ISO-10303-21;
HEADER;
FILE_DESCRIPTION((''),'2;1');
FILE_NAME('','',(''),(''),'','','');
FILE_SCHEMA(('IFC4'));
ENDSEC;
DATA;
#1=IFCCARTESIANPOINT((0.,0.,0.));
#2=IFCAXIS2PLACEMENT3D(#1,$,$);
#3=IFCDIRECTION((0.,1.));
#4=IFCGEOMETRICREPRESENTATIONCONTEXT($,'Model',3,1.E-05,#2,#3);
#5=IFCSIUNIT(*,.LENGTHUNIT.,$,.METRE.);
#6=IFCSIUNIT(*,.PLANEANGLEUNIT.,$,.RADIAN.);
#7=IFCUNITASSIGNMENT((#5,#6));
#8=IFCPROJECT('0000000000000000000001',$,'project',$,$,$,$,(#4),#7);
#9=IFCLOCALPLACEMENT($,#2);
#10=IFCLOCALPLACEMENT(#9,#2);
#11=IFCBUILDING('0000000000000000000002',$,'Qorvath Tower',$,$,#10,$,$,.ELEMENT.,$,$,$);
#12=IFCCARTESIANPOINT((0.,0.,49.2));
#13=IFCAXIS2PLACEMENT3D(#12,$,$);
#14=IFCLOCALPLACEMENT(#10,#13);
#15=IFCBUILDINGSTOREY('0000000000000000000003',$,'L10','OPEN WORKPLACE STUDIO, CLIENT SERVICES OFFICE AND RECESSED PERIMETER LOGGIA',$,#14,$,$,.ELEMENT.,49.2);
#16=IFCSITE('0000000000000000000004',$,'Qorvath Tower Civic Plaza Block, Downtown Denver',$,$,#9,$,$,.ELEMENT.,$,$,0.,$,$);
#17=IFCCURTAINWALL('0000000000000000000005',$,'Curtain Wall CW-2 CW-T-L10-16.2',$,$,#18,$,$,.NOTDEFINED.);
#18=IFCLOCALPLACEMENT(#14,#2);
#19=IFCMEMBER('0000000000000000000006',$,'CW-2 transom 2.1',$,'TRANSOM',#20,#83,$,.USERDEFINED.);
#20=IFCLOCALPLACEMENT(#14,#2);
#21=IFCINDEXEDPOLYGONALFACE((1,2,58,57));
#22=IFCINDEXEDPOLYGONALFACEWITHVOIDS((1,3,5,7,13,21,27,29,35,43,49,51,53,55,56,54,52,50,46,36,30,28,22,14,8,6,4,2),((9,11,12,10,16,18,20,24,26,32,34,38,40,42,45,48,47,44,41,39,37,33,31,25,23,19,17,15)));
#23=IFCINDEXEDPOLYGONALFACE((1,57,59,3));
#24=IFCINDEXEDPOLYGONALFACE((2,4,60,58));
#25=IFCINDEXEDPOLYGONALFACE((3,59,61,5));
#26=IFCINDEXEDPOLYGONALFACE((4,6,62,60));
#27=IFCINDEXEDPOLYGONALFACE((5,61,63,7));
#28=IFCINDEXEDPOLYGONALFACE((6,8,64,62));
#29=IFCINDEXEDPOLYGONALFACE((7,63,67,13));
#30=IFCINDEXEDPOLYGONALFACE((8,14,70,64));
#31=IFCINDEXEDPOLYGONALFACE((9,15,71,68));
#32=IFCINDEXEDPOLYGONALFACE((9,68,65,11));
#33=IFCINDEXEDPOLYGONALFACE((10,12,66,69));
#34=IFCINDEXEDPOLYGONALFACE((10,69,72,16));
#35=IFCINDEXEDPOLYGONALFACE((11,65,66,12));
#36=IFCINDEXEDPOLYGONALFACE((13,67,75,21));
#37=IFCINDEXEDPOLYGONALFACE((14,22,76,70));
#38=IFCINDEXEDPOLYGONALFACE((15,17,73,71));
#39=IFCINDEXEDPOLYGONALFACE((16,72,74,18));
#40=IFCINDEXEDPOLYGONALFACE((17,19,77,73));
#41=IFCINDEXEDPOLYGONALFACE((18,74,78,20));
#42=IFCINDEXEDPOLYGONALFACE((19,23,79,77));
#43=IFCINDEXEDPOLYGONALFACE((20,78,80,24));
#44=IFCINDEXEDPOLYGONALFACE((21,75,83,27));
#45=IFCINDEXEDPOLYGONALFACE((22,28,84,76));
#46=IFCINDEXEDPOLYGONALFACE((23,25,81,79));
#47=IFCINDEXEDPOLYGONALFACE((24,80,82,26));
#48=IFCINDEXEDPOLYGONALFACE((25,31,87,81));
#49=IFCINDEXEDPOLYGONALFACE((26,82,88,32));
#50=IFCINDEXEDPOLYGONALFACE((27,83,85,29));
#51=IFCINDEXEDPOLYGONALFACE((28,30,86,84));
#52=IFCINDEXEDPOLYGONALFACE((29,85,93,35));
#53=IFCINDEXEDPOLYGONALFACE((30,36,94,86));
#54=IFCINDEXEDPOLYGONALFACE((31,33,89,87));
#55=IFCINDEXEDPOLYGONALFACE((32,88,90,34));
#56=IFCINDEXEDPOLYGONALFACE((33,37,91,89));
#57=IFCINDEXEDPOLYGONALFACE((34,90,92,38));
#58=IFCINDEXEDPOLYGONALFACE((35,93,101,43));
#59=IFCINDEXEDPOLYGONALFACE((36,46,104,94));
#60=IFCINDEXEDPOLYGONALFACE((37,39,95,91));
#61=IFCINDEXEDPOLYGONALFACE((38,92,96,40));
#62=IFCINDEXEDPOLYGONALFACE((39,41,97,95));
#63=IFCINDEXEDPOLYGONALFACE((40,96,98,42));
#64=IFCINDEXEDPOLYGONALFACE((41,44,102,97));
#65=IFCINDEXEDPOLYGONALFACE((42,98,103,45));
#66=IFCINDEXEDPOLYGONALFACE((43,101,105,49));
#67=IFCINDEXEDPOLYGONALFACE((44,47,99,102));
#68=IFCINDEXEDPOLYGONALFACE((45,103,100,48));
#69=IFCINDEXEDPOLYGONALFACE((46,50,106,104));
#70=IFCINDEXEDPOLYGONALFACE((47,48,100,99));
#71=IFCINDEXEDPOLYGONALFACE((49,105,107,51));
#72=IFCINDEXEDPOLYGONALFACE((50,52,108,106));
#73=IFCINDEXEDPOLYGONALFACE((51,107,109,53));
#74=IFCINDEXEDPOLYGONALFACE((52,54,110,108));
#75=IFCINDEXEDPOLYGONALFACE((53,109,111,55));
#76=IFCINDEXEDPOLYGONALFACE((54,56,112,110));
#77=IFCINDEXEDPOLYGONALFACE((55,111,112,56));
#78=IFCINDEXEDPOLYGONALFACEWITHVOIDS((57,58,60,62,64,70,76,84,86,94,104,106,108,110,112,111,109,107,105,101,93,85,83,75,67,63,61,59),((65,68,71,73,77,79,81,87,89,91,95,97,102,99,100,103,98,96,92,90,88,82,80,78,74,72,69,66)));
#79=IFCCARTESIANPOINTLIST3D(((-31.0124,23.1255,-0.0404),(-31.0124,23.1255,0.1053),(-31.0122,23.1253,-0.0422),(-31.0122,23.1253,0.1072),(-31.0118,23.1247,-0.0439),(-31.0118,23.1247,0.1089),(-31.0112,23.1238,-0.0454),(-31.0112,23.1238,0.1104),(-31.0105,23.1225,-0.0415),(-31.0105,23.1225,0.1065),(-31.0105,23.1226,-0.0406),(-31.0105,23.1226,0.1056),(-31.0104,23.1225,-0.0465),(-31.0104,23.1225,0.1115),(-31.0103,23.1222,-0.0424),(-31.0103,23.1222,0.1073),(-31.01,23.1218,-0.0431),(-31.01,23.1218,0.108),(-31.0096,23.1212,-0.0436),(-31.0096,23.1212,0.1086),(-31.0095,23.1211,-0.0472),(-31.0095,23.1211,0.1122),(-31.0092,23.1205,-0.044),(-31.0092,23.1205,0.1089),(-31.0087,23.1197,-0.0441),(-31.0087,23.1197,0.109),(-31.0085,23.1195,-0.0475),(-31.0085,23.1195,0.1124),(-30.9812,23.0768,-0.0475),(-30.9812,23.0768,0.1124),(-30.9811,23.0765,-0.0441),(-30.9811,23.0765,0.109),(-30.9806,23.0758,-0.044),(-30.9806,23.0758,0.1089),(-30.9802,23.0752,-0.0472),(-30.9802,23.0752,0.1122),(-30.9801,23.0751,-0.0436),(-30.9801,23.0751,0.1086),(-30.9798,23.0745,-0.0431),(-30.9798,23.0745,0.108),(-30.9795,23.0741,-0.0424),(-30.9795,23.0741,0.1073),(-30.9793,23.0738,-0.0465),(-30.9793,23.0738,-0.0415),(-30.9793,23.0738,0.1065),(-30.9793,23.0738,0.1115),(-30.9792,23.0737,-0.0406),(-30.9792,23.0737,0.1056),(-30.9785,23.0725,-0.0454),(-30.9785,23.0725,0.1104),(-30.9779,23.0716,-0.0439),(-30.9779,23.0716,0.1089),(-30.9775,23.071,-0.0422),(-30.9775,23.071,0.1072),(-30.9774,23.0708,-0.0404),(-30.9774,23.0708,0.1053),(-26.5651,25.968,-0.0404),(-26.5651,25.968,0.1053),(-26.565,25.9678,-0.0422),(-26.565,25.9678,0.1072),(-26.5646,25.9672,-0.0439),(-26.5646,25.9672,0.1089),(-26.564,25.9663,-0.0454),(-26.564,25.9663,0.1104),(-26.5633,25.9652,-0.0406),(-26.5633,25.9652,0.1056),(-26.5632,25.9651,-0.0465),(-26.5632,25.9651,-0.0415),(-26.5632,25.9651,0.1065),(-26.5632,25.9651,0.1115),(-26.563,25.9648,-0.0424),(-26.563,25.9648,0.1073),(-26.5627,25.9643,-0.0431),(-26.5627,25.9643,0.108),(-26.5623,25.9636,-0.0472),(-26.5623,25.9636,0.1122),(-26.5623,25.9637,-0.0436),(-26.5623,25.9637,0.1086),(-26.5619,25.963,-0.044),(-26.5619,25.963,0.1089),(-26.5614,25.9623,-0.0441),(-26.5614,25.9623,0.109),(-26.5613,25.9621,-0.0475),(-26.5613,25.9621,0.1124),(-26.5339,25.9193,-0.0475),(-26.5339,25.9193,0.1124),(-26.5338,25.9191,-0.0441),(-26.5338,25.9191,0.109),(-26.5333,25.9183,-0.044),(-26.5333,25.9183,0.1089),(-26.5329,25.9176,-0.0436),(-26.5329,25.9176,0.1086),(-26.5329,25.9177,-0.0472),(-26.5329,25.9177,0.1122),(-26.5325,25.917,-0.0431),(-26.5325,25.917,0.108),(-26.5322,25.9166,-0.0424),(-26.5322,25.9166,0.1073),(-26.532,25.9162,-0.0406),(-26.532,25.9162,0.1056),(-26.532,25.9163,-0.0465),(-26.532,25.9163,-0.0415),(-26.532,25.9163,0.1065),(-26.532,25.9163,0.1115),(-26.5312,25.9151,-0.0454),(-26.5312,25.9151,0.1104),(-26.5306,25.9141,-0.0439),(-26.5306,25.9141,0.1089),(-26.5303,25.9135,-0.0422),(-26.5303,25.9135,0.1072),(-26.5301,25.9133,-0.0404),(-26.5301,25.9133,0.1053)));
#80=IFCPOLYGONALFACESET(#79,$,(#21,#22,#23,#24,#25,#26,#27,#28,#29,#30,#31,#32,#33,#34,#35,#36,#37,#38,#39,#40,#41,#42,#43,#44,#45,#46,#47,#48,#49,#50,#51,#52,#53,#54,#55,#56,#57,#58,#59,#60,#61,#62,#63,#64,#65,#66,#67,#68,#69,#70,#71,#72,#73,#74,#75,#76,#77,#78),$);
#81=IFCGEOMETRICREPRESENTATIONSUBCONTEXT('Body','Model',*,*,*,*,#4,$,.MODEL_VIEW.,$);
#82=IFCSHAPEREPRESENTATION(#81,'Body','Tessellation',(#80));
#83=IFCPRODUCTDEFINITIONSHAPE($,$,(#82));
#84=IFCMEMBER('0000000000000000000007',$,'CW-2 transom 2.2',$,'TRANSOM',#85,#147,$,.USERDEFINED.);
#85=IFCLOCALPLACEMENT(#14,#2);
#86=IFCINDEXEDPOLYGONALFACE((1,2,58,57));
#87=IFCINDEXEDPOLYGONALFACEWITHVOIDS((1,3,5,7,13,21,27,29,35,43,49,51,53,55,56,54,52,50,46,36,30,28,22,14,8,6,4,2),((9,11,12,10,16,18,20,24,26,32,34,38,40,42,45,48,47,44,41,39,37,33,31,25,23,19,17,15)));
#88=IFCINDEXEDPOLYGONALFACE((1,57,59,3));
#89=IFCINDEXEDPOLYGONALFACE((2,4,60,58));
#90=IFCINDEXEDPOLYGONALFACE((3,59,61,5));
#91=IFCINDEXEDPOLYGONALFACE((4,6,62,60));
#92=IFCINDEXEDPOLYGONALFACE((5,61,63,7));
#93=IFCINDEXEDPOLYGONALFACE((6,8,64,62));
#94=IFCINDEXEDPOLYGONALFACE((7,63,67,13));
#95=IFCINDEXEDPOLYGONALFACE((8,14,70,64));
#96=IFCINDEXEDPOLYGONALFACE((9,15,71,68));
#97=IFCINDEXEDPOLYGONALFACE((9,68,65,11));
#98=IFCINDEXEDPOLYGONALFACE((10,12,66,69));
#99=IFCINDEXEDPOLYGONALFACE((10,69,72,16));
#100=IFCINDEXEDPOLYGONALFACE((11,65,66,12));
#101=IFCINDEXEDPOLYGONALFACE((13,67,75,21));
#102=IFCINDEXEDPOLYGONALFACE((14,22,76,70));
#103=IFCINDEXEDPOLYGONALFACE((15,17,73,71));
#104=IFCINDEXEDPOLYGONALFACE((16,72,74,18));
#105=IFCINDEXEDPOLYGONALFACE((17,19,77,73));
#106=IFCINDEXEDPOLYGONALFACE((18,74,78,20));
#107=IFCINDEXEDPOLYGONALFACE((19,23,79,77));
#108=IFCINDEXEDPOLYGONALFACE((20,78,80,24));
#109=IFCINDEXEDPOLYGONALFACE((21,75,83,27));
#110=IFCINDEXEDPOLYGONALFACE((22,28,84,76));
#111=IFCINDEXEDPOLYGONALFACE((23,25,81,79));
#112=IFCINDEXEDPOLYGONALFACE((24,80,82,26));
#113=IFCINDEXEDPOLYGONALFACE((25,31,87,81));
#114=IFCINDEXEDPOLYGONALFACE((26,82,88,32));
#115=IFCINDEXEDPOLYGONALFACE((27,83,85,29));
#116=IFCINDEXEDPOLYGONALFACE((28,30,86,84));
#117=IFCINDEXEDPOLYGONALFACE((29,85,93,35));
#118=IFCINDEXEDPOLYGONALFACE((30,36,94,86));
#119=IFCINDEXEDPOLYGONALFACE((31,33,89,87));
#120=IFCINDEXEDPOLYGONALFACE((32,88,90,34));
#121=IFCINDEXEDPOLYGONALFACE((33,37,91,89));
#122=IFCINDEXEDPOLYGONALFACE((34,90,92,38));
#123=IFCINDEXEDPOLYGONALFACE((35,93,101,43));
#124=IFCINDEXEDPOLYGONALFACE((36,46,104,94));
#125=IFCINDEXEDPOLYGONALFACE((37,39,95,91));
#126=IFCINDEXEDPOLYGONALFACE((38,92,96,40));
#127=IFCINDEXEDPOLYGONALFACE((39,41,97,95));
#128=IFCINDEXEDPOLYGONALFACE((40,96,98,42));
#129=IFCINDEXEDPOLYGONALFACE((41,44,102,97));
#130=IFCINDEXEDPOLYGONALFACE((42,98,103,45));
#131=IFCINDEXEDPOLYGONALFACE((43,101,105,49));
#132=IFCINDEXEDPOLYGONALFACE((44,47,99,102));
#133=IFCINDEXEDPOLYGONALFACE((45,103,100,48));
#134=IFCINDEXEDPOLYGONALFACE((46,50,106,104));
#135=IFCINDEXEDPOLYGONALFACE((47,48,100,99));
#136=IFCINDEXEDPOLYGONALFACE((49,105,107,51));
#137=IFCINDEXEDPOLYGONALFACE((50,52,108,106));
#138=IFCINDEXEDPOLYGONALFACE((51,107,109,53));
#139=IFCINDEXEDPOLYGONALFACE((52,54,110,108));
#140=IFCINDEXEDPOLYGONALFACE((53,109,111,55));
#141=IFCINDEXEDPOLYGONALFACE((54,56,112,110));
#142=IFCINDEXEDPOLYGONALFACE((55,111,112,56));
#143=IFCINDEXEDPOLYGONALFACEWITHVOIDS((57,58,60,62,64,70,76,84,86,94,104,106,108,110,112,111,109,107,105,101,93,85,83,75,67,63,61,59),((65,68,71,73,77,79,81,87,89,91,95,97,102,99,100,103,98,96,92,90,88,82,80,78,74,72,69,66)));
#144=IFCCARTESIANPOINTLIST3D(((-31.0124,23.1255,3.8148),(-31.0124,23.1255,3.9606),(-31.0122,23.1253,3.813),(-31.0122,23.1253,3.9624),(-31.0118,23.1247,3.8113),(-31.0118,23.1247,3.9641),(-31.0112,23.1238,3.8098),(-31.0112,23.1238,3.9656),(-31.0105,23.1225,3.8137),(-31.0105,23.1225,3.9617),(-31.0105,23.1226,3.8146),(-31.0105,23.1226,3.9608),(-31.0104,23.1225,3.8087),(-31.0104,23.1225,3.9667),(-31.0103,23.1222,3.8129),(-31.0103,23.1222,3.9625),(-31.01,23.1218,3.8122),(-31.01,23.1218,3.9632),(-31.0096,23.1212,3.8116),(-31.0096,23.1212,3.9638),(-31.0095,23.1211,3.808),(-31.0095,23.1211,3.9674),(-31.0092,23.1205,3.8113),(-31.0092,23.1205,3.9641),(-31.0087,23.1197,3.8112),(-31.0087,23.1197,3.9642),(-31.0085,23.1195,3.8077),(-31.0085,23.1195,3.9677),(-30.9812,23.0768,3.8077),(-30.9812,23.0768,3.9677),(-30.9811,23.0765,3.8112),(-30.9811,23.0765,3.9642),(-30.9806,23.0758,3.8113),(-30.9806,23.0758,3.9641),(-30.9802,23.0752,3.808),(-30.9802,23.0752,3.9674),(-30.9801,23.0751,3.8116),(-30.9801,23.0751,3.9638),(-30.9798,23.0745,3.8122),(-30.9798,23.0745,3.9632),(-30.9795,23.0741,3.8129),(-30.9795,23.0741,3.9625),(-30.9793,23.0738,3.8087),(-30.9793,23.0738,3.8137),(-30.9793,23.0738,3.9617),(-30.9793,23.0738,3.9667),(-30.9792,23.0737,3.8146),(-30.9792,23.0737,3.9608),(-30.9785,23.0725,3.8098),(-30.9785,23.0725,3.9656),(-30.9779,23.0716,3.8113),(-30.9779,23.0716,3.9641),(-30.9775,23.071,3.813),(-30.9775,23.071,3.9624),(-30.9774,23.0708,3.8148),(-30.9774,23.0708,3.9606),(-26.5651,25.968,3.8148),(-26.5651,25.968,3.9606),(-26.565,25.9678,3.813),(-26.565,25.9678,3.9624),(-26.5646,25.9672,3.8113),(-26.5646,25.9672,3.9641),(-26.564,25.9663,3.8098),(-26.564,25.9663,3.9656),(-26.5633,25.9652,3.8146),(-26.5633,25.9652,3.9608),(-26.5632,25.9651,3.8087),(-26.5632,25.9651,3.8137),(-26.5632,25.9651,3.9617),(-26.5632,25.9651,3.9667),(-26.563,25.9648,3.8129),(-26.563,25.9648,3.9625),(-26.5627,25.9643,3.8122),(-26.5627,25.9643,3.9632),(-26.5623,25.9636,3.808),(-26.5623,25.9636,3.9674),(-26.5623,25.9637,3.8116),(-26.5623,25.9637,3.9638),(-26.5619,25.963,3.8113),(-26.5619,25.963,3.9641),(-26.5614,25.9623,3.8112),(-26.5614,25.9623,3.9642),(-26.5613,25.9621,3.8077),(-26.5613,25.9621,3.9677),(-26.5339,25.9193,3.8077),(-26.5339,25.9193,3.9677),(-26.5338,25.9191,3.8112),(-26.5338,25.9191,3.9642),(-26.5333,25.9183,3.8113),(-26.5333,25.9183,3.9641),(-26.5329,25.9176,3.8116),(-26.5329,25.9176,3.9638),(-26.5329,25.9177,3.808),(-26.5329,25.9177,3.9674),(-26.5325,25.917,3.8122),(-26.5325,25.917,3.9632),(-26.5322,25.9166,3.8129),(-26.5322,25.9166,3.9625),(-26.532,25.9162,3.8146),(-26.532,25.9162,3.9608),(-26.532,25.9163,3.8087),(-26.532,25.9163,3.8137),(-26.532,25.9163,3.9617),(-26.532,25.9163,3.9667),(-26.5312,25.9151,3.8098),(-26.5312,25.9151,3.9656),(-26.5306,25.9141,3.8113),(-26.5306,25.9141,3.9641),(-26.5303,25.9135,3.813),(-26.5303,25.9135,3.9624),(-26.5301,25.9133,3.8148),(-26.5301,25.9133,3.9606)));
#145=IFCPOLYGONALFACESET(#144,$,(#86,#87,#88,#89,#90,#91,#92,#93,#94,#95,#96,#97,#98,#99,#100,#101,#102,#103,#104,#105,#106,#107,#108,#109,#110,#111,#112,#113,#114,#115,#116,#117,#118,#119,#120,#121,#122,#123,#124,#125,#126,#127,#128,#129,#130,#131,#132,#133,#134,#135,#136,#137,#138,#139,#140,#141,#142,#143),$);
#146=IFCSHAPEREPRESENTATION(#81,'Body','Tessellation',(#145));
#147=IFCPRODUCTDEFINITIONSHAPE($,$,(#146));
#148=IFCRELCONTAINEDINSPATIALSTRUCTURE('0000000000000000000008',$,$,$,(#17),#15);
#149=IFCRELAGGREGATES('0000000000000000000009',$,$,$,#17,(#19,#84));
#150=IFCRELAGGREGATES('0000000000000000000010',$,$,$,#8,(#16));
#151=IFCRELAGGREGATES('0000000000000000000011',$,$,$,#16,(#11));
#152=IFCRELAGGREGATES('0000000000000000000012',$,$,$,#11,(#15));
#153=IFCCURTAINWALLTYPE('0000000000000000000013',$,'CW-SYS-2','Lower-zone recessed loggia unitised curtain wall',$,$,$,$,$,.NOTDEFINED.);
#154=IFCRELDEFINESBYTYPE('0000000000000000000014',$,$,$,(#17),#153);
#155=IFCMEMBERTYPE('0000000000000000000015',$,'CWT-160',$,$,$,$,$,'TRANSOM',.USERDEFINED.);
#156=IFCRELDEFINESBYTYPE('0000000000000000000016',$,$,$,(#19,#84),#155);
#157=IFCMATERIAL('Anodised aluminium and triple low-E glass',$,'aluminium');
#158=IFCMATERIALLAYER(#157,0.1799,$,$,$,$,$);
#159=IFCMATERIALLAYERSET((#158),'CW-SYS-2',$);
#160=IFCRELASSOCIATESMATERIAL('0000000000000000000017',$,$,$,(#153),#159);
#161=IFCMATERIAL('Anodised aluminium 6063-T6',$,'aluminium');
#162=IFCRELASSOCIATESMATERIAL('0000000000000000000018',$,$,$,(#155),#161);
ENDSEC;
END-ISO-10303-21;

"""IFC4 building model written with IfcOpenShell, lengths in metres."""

from ifc_helpers import new_model, si_unit, direction, frame, origin, origin_2d, place, context, subcontext, project, spatial, hollow_rectangle, extrude, material, layer, layer_set, material_profile, profile_set, type_object, element, aggregate, save


model = new_model("IFC4")

# Units and contexts
model_context = context("Model", 3, precision=1e-05, world=origin(), true_north=direction((0.0, 1.0)))
body_context = subcontext(model_context, "Body", "Model", "MODEL_VIEW")
ifc_project = project(units=[si_unit("LENGTHUNIT", "METRE"), si_unit("PLANEANGLEUNIT", "RADIAN")], contexts=[model_context])

# Site, building, storey
site_placement = place(None, origin())
site = spatial("IfcSite", under=ifc_project, at=site_placement, Name="Qorvath Tower Civic Plaza Block, Downtown Denver", CompositionType="ELEMENT", RefElevation=0.0)
building_placement = place(site_placement, origin())
building = spatial("IfcBuilding", under=site, at=building_placement, Name="Qorvath Tower", CompositionType="ELEMENT")
storey_placement = place(building_placement, frame((0.0, 0.0, 49.2)))
storey = spatial("IfcBuildingStorey", under=building, at=storey_placement, Name="L10", Description="OPEN WORKPLACE STUDIO, CLIENT SERVICES OFFICE AND RECESSED PERIMETER LOGGIA", CompositionType="ELEMENT", Elevation=49.2)

# Shared definitions
ifc_material_1 = material(Name="Anodised aluminium and triple low-E glass", Category="aluminium")
ifc_layer_1 = layer(ifc_material_1, 0.1799)
ifc_layer_set_1 = layer_set([ifc_layer_1], Name="CW-SYS-2")
curtain_wall_type = type_object("IfcCurtainWallType", Name="CW-SYS-2", Description="Lower-zone recessed loggia unitised curtain wall", PredefinedType="NOTDEFINED", material=ifc_layer_set_1)

# Curtain wall, members
curtain_wall_1_placement = place(storey_placement, origin())
curtain_wall_1 = element("IfcCurtainWall", 1, at=curtain_wall_1_placement, inside=storey, type_object=curtain_wall_type, Name="Curtain Wall CW-2 CW-T-L10-16.2", PredefinedType="NOTDEFINED")
ifc_material_2 = material(Name="Anodised aluminium 6063-T6", Category="aluminium")
ifc_material_profile_1 = material_profile(ifc_material_2, hollow_rectangle(XDim=0.0649, YDim=0.1599, WallThickness=0.0034, InnerFilletRadius=0.0034, OuterFilletRadius=0.0071, at=origin_2d()), Name="CWT 160x65")
ifc_profile_set_1 = profile_set([ifc_material_profile_1], Name="Anodised aluminium 6063-T6")
member_type_1 = type_object("IfcMemberType", Name="CWT-160", ElementType="TRANSOM", PredefinedType="USERDEFINED", material=ifc_profile_set_1)
member_1_placement = place(storey_placement, frame((-26.5476, 25.9407, 0.0325), z_axis=(-0.842591, -0.538554, 0.0), x_axis=(0.538554, -0.842591, 0.0)))
member_1 = element("IfcMember", 2, at=member_1_placement, type_object=member_type_1, Name="CW-2 transom 2.1", ObjectType="TRANSOM", PredefinedType="USERDEFINED", context=body_context, shape_type="SweptSolid", body=[
    extrude(hollow_rectangle(XDim=0.0649, YDim=0.1599, WallThickness=0.0034, InnerFilletRadius=0.0034, OuterFilletRadius=0.0071, at=origin_2d()), origin(), (0.0, 0.0, 1.0), 5.2781),
])
member_2_placement = place(storey_placement, frame((-26.5476, 25.9407, 3.8877), z_axis=(-0.842591, -0.538554, 0.0), x_axis=(0.538554, -0.842591, 0.0)))
member_2 = element("IfcMember", 3, at=member_2_placement, type_object=member_type_1, Name="CW-2 transom 2.2", ObjectType="TRANSOM", PredefinedType="USERDEFINED", context=body_context, shape_type="SweptSolid", body=[
    extrude(hollow_rectangle(XDim=0.0649, YDim=0.1599, WallThickness=0.0034, InnerFilletRadius=0.0034, OuterFilletRadius=0.0071, at=origin_2d()), origin(), (0.0, 0.0, 1.0), 5.2781),
])
aggregate(curtain_wall_1, [member_1, member_2])

save(model, "model.ifc")
